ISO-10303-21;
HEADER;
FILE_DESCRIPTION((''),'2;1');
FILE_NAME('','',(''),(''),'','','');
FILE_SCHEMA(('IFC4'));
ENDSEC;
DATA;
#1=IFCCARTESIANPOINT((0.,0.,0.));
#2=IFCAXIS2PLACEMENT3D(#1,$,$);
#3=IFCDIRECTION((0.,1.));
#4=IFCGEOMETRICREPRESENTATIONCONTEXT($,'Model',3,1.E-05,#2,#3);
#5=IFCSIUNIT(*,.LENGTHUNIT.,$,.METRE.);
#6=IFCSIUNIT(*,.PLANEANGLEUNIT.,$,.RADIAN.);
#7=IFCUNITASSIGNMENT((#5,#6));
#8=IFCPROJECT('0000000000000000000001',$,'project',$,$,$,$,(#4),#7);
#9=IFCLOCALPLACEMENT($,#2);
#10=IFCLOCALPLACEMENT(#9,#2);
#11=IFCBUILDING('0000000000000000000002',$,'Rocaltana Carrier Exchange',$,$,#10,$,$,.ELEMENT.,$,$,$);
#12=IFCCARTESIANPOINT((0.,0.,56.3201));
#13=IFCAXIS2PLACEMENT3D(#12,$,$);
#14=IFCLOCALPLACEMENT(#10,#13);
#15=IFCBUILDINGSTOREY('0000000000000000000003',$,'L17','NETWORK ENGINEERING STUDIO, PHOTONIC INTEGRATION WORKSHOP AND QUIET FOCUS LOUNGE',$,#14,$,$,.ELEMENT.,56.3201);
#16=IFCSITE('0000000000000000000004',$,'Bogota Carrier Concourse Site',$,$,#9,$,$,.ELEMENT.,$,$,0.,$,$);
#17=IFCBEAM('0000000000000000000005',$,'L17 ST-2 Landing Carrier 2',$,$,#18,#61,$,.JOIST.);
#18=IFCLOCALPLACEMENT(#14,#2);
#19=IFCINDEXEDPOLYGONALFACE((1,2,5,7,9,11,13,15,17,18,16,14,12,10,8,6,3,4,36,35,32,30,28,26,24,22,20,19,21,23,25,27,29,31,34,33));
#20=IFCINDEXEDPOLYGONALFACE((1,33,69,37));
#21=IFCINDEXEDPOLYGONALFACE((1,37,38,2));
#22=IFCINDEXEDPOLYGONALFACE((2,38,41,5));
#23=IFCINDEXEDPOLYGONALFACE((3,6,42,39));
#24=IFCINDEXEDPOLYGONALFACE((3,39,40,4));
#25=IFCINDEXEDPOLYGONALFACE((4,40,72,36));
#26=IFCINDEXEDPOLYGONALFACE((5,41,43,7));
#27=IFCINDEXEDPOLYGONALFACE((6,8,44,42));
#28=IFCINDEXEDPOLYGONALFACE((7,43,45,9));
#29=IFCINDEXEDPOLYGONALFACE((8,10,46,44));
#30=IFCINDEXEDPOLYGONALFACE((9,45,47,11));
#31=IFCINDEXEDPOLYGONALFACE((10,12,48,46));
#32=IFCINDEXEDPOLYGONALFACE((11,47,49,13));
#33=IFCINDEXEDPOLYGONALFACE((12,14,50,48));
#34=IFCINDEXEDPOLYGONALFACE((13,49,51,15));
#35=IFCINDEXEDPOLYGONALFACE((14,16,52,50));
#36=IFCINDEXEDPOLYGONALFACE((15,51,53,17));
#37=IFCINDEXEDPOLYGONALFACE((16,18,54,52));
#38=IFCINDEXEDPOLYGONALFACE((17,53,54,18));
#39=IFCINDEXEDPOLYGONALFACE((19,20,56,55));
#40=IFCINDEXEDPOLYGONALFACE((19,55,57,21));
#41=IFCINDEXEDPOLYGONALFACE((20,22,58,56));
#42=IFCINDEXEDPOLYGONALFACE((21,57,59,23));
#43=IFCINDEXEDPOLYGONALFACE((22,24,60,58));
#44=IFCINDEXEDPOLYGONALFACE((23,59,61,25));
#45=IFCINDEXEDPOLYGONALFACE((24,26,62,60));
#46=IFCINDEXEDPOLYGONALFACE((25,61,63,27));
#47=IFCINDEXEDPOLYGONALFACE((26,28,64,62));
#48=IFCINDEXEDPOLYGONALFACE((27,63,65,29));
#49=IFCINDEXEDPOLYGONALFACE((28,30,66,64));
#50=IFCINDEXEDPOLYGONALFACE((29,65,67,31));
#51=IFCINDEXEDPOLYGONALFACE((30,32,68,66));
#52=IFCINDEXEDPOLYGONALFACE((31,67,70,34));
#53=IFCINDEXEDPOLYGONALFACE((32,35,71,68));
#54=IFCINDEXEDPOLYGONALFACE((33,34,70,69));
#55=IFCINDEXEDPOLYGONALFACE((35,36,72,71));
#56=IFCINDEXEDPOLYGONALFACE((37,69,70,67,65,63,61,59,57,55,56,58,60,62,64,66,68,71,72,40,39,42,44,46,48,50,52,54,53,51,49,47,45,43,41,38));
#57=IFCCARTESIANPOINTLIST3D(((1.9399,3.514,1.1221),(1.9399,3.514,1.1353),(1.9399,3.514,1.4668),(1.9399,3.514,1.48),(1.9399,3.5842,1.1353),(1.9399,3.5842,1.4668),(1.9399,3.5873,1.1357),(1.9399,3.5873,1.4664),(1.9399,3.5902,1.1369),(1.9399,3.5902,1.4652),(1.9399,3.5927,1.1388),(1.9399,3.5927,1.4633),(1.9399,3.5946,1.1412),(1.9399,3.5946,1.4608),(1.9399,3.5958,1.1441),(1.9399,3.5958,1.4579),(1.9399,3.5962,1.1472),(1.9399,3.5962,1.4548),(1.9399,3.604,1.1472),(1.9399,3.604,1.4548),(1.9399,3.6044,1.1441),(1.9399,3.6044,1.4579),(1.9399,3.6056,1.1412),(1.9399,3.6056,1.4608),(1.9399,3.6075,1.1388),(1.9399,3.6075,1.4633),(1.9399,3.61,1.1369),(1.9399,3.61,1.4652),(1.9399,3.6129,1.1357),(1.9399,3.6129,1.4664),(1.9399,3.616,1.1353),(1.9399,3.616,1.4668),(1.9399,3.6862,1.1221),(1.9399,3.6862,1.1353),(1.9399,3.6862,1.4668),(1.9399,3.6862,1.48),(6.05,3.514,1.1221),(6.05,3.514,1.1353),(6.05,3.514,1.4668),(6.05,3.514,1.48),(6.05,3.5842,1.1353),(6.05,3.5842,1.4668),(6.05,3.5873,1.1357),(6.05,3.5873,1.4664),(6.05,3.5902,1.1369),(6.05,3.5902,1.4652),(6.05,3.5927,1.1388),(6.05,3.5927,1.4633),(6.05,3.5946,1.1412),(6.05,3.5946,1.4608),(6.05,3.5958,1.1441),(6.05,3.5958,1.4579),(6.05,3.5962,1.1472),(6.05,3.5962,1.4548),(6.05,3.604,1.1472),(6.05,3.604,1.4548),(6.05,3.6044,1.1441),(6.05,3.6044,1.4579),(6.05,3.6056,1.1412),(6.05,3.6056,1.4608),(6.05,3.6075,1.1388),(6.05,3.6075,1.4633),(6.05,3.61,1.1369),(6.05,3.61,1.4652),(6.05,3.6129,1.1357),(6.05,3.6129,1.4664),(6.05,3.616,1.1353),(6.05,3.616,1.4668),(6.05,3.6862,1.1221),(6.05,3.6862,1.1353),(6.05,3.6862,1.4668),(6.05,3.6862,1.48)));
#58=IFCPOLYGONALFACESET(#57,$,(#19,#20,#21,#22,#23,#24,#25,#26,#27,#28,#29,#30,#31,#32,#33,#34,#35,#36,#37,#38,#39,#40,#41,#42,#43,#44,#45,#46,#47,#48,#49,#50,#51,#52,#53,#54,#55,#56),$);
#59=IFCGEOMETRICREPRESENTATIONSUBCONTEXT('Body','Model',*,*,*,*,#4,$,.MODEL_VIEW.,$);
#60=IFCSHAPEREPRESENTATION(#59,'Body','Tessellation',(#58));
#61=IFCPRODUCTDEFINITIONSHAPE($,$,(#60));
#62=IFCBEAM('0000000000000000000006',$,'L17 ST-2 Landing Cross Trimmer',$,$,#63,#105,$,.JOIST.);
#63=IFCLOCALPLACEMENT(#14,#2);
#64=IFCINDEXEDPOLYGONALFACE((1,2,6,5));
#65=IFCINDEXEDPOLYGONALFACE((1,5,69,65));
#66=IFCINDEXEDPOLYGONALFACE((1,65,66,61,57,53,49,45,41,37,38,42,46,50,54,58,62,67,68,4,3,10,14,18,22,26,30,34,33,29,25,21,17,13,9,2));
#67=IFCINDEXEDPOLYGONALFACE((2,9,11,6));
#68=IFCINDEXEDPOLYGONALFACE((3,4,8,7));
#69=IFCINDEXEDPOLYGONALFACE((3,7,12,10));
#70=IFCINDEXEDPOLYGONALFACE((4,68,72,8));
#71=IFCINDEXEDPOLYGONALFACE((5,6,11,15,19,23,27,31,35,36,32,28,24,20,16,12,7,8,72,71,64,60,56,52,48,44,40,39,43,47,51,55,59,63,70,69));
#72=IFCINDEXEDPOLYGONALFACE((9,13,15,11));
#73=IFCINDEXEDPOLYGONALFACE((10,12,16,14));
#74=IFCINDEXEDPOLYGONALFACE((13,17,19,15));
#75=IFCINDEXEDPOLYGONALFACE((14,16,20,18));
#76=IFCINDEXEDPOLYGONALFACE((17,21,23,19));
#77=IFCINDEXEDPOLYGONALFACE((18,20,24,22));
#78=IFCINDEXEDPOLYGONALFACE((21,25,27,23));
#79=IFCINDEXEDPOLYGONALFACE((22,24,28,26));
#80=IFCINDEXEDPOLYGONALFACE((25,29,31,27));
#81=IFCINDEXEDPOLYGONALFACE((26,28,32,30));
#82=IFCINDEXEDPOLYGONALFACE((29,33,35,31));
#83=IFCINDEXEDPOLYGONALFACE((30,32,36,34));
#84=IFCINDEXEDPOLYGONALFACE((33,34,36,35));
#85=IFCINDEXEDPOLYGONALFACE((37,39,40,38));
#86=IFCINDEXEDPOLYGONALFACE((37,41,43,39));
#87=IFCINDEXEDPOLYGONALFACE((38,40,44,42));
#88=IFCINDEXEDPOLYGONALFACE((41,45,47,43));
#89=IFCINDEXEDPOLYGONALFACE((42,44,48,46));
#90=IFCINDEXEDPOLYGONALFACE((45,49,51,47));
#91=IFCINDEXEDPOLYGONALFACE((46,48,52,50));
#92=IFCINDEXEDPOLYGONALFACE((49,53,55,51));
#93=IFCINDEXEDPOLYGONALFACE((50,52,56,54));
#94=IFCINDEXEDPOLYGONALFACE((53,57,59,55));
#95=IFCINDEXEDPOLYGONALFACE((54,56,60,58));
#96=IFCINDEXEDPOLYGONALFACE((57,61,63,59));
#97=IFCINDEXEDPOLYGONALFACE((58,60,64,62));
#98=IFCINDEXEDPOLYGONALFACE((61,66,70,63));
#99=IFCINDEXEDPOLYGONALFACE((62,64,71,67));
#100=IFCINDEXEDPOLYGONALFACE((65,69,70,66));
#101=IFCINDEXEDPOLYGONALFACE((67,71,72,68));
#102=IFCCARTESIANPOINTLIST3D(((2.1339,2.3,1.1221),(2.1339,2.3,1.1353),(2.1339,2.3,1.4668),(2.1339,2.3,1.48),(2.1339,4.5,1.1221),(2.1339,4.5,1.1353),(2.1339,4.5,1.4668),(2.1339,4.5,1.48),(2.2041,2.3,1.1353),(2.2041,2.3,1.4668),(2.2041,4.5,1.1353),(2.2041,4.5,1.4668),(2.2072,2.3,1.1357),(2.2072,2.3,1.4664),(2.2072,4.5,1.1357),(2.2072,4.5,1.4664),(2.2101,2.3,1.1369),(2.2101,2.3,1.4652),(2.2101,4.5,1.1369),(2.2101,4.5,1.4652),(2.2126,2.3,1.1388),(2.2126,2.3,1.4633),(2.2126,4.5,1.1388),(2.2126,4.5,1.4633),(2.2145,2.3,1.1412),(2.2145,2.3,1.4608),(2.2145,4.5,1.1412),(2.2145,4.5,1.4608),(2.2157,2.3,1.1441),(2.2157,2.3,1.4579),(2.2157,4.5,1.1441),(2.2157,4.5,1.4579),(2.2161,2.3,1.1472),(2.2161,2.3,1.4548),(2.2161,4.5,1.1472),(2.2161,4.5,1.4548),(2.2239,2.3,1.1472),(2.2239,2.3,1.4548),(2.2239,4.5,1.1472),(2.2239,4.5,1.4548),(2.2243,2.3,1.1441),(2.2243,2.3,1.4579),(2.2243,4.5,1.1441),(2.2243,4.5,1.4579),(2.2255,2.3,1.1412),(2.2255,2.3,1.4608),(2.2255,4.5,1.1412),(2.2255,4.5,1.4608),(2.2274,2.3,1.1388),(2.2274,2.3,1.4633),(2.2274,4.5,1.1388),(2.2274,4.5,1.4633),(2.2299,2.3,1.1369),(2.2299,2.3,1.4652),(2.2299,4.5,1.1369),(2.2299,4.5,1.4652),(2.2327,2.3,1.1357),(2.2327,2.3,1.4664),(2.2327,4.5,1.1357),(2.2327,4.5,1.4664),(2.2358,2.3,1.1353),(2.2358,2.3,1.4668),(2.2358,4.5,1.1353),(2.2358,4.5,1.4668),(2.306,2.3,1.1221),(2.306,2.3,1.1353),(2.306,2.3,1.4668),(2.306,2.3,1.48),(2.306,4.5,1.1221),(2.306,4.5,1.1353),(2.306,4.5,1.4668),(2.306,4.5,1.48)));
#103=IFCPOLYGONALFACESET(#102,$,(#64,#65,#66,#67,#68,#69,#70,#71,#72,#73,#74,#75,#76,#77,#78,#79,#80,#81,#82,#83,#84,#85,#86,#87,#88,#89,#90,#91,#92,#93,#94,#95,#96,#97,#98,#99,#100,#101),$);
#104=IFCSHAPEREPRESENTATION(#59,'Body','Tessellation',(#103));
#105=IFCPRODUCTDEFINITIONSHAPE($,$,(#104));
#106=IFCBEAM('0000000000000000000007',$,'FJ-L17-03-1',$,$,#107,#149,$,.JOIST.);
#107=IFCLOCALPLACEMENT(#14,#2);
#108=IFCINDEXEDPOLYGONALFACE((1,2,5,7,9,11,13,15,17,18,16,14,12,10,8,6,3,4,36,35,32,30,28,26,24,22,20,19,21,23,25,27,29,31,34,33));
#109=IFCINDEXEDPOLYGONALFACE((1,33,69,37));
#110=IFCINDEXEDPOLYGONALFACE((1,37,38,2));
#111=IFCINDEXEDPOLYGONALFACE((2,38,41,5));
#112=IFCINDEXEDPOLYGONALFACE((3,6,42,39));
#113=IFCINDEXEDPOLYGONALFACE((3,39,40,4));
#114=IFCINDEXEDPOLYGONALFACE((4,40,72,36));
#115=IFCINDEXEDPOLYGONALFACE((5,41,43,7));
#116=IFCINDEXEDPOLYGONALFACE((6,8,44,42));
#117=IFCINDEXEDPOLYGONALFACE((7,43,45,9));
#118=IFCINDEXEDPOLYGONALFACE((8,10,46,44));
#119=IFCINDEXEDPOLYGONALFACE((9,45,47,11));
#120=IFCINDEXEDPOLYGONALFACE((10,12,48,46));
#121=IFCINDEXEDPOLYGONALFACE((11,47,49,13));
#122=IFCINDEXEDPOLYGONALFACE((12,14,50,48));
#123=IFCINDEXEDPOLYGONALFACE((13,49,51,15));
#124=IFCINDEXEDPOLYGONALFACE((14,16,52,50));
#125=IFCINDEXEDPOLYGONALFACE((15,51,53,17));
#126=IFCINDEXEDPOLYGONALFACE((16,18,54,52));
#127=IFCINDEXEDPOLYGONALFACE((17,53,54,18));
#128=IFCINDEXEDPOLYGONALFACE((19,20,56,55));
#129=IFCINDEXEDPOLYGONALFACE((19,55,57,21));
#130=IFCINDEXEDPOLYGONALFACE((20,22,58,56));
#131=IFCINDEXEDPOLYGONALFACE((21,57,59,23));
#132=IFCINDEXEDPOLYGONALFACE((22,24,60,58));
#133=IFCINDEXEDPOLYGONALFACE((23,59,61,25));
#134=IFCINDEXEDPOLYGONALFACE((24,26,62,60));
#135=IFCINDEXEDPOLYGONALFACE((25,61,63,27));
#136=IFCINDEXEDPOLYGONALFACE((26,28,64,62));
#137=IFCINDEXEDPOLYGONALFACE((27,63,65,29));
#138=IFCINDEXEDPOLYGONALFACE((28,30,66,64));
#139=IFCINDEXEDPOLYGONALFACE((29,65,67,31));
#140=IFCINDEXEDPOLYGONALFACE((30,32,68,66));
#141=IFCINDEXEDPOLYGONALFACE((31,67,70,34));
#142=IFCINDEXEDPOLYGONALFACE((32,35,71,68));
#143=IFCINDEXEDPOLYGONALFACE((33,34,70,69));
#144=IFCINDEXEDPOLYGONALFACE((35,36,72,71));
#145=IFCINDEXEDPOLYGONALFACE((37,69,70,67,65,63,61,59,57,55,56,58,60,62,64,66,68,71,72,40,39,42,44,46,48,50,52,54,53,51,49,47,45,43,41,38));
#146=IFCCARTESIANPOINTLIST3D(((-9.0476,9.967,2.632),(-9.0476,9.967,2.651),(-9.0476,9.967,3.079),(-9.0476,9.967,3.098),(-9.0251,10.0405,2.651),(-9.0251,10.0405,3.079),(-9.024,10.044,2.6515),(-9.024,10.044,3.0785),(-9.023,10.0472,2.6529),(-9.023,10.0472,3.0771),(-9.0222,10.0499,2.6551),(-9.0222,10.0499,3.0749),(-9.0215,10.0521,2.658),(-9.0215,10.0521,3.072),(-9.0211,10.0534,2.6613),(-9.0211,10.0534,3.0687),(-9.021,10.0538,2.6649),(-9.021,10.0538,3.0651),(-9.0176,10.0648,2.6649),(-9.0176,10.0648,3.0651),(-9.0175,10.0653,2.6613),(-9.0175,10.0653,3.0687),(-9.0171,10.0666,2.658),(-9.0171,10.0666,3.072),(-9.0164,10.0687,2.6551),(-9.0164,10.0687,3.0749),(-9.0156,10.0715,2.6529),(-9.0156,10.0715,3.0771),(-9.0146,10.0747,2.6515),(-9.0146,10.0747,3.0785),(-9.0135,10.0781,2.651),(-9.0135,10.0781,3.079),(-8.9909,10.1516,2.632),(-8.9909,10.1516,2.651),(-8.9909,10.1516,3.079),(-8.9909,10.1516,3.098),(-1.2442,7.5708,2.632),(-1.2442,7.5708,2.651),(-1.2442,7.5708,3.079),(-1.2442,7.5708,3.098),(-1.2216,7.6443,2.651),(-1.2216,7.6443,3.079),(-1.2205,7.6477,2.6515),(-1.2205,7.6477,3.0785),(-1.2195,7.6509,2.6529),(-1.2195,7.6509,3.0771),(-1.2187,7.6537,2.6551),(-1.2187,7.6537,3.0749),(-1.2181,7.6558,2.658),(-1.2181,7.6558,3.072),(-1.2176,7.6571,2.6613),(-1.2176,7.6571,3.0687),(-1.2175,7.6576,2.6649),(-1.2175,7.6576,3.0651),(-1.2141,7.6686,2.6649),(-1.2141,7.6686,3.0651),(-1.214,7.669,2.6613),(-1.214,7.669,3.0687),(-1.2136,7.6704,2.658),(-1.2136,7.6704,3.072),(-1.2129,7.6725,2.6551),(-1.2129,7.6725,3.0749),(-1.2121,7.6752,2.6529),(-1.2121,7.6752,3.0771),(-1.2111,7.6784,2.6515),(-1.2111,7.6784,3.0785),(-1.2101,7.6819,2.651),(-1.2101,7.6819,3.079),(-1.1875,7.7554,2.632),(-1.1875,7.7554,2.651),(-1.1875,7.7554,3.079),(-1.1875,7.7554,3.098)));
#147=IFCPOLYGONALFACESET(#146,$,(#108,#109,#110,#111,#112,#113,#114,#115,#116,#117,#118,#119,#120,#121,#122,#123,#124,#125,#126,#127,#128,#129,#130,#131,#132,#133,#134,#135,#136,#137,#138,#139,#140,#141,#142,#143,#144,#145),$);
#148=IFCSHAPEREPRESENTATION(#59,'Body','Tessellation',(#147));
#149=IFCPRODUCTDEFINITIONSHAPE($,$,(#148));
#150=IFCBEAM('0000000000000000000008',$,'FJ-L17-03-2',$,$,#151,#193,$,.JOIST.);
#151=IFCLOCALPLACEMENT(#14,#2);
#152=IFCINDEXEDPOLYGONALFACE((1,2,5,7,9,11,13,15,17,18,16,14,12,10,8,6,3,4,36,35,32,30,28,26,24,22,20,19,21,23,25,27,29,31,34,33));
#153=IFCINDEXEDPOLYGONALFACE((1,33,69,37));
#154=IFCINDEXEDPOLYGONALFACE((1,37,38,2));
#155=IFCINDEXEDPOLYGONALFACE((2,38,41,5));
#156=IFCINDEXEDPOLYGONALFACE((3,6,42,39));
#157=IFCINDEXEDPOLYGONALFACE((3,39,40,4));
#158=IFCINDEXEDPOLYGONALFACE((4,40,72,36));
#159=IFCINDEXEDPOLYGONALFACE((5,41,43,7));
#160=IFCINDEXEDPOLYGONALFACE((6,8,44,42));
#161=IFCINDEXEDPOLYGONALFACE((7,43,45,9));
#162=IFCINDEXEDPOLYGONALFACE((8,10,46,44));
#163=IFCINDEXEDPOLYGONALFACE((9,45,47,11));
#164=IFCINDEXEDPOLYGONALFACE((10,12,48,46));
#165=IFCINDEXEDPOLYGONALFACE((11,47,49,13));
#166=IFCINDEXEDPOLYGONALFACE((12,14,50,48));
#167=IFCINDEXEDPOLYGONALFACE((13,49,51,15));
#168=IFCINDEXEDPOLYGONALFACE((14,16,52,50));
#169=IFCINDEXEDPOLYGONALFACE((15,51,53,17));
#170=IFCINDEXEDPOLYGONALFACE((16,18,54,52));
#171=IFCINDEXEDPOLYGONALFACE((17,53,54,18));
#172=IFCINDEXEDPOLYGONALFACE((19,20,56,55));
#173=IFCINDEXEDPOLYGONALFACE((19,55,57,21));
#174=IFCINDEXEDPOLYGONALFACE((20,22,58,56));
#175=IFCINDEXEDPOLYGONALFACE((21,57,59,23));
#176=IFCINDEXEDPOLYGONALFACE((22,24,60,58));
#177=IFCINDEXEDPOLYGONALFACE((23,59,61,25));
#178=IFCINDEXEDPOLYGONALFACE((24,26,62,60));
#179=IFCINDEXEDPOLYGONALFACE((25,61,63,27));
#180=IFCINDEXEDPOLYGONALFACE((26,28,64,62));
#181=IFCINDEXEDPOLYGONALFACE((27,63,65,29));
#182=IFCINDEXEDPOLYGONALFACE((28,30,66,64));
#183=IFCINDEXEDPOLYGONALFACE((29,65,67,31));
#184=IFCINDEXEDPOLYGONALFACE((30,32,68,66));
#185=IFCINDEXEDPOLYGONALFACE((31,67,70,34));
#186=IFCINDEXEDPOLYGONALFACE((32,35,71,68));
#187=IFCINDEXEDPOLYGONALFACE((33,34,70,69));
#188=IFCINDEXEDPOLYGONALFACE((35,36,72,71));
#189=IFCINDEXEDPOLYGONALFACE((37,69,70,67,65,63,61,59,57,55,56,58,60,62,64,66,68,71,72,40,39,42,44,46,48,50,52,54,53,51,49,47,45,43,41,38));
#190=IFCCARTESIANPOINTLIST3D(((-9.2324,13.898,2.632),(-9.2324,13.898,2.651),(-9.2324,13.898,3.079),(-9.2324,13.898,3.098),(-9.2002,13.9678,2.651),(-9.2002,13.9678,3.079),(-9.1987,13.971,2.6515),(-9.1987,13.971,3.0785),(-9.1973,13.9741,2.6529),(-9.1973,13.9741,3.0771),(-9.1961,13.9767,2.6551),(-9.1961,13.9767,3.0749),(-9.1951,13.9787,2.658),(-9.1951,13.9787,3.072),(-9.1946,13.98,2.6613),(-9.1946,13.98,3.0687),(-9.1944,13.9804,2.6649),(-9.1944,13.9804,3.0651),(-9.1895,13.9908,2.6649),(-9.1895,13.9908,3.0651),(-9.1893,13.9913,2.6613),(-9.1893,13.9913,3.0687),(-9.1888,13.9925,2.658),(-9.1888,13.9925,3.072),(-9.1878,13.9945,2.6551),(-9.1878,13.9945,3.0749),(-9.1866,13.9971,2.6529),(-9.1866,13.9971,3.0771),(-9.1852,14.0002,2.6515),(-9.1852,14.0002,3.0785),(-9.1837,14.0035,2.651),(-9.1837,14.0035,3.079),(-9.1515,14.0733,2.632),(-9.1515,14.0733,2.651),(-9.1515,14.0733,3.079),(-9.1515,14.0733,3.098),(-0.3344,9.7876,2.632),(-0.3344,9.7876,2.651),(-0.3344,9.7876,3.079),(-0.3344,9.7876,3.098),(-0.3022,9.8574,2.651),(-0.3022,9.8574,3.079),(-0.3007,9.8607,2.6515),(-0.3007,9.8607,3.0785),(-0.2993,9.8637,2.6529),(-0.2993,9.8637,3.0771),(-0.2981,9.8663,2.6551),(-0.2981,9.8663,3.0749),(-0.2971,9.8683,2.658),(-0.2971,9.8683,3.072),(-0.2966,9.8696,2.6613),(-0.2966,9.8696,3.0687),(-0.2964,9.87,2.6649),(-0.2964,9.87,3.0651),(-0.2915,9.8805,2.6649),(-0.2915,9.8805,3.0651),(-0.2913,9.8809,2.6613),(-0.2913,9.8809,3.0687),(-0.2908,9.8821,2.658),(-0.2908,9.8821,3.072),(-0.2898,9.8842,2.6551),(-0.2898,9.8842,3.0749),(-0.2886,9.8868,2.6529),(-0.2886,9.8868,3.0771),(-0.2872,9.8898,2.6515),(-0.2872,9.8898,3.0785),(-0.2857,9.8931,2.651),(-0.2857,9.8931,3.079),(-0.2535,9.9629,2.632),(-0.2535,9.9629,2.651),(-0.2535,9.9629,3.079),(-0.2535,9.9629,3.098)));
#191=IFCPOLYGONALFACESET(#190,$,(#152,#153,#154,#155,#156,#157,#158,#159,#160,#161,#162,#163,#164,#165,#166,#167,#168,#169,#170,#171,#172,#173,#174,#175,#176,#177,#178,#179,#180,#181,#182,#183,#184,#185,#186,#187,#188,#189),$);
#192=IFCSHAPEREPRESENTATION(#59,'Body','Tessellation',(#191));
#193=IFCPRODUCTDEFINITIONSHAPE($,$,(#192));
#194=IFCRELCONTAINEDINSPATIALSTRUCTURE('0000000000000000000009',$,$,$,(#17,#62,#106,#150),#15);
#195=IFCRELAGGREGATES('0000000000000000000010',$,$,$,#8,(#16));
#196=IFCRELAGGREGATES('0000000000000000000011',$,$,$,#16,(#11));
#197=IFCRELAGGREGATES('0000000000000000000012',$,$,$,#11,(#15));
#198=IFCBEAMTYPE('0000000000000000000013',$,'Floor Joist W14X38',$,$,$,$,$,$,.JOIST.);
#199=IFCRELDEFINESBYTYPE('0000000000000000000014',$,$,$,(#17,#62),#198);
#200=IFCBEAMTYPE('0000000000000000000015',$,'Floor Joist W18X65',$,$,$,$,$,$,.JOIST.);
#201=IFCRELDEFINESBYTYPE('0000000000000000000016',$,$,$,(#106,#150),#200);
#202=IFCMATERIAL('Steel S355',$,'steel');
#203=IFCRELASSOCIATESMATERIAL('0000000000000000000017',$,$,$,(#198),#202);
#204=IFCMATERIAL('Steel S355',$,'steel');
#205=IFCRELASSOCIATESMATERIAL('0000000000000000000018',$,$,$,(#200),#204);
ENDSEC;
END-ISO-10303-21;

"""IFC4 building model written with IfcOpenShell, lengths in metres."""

from ifc_helpers import new_model, si_unit, direction, frame, origin, origin_2d, place, context, subcontext, project, spatial, i_section, extrude, material, material_profile, profile_set, type_object, element, save


model = new_model("IFC4")

# Units and contexts
model_context = context("Model", 3, precision=1e-05, world=origin(), true_north=direction((0.0, 1.0)))
body_context = subcontext(model_context, "Body", "Model", "MODEL_VIEW")
ifc_project = project(units=[si_unit("LENGTHUNIT", "METRE"), si_unit("PLANEANGLEUNIT", "RADIAN")], contexts=[model_context])

# Site, building, storey
site_placement = place(None, origin())
site = spatial("IfcSite", under=ifc_project, at=site_placement, Name="Bogota Carrier Concourse Site", CompositionType="ELEMENT", RefElevation=0.0)
building_placement = place(site_placement, origin())
building = spatial("IfcBuilding", under=site, at=building_placement, Name="Rocaltana Carrier Exchange", CompositionType="ELEMENT")
storey_placement = place(building_placement, frame((0.0, 0.0, 56.3201)))
storey = spatial("IfcBuildingStorey", under=building, at=storey_placement, Name="L17", Description="NETWORK ENGINEERING STUDIO, PHOTONIC INTEGRATION WORKSHOP AND QUIET FOCUS LOUNGE", CompositionType="ELEMENT", Elevation=56.3201)

# Beams
ifc_material_1 = material(Name="Steel S355", Category="steel")
ifc_material_profile_1 = material_profile(ifc_material_1, i_section(OverallWidth=0.1721, OverallDepth=0.3579, WebThickness=0.0078, FlangeThickness=0.0132, FilletRadius=0.012, at=origin_2d()), Name="W14X38")
ifc_profile_set_1 = profile_set([ifc_material_profile_1], Name="Steel S355")
beam_type_1 = type_object("IfcBeamType", Name="Floor Joist W14X38", PredefinedType="JOIST", material=ifc_profile_set_1)
for number, where, z_axis, x_axis, name in (
    (1, (1.9399, 3.6001, 1.301), (1.0, 0.0, 0.0), (0.0, 1.0, 0.0), "L17 ST-2 Landing Carrier 2"),
):
    element("IfcBeam", number, at=place(storey_placement, frame(where, z_axis=z_axis, x_axis=x_axis)), inside=storey, type_object=beam_type_1, Name=name, PredefinedType="JOIST", context=body_context, shape_type="SweptSolid", body=[
        extrude(i_section(OverallWidth=0.1721, OverallDepth=0.3579, WebThickness=0.0078, FlangeThickness=0.0132, FilletRadius=0.012, at=origin_2d()), origin(), (0.0, 0.0, 1.0), 4.1101),
    ])
beam_1_placement = place(storey_placement, frame((2.22, 2.3, 1.301), z_axis=(0.0, 1.0, 0.0), x_axis=(-1.0, 0.0, 0.0)))
element("IfcBeam", 2, at=beam_1_placement, inside=storey, type_object=beam_type_1, Name="L17 ST-2 Landing Cross Trimmer", PredefinedType="JOIST", context=body_context, shape_type="SweptSolid", body=[
    extrude(i_section(OverallWidth=0.1721, OverallDepth=0.3579, WebThickness=0.0078, FlangeThickness=0.0132, FilletRadius=0.012, at=origin_2d()), origin(), (0.0, 0.0, 1.0), 2.2),
])
ifc_material_2 = material(Name="Steel S355", Category="steel")
ifc_material_profile_2 = material_profile(ifc_material_2, i_section(OverallWidth=0.1931, OverallDepth=0.4661, WebThickness=0.0115, FlangeThickness=0.019, FilletRadius=0.0139, at=origin_2d()), Name="W18X65")
ifc_profile_set_2 = profile_set([ifc_material_profile_2], Name="Steel S355")
beam_type_2 = type_object("IfcBeamType", Name="Floor Joist W18X65", PredefinedType="JOIST", material=ifc_profile_set_2)
beam_2_placement = place(storey_placement, frame((-1.2158, 7.6631, 2.865), z_axis=(-0.955945, 0.293546, 0.0), x_axis=(-0.293546, -0.955945, 0.0)))
element("IfcBeam", 3, at=beam_2_placement, inside=storey, type_object=beam_type_2, Name="FJ-L17-03-1", PredefinedType="JOIST", context=body_context, shape_type="SweptSolid", body=[
    extrude(i_section(OverallWidth=0.1931, OverallDepth=0.4661, WebThickness=0.0115, FlangeThickness=0.019, FilletRadius=0.0139, at=origin_2d()), origin(), (0.0, 0.0, 1.0), 8.1631),
])
beam_3_placement = place(storey_placement, frame((-0.2939, 9.8752, 2.865), z_axis=(-0.907819, 0.419361, 0.0), x_axis=(-0.419361, -0.907819, 0.0)))
element("IfcBeam", 4, at=beam_3_placement, inside=storey, type_object=beam_type_2, Name="FJ-L17-03-2", PredefinedType="JOIST", context=body_context, shape_type="SweptSolid", body=[
    extrude(i_section(OverallWidth=0.1931, OverallDepth=0.4661, WebThickness=0.0115, FlangeThickness=0.019, FilletRadius=0.0139, at=origin_2d()), origin(), (0.0, 0.0, 1.0), 9.8015),
])

save(model, "model.ifc")
